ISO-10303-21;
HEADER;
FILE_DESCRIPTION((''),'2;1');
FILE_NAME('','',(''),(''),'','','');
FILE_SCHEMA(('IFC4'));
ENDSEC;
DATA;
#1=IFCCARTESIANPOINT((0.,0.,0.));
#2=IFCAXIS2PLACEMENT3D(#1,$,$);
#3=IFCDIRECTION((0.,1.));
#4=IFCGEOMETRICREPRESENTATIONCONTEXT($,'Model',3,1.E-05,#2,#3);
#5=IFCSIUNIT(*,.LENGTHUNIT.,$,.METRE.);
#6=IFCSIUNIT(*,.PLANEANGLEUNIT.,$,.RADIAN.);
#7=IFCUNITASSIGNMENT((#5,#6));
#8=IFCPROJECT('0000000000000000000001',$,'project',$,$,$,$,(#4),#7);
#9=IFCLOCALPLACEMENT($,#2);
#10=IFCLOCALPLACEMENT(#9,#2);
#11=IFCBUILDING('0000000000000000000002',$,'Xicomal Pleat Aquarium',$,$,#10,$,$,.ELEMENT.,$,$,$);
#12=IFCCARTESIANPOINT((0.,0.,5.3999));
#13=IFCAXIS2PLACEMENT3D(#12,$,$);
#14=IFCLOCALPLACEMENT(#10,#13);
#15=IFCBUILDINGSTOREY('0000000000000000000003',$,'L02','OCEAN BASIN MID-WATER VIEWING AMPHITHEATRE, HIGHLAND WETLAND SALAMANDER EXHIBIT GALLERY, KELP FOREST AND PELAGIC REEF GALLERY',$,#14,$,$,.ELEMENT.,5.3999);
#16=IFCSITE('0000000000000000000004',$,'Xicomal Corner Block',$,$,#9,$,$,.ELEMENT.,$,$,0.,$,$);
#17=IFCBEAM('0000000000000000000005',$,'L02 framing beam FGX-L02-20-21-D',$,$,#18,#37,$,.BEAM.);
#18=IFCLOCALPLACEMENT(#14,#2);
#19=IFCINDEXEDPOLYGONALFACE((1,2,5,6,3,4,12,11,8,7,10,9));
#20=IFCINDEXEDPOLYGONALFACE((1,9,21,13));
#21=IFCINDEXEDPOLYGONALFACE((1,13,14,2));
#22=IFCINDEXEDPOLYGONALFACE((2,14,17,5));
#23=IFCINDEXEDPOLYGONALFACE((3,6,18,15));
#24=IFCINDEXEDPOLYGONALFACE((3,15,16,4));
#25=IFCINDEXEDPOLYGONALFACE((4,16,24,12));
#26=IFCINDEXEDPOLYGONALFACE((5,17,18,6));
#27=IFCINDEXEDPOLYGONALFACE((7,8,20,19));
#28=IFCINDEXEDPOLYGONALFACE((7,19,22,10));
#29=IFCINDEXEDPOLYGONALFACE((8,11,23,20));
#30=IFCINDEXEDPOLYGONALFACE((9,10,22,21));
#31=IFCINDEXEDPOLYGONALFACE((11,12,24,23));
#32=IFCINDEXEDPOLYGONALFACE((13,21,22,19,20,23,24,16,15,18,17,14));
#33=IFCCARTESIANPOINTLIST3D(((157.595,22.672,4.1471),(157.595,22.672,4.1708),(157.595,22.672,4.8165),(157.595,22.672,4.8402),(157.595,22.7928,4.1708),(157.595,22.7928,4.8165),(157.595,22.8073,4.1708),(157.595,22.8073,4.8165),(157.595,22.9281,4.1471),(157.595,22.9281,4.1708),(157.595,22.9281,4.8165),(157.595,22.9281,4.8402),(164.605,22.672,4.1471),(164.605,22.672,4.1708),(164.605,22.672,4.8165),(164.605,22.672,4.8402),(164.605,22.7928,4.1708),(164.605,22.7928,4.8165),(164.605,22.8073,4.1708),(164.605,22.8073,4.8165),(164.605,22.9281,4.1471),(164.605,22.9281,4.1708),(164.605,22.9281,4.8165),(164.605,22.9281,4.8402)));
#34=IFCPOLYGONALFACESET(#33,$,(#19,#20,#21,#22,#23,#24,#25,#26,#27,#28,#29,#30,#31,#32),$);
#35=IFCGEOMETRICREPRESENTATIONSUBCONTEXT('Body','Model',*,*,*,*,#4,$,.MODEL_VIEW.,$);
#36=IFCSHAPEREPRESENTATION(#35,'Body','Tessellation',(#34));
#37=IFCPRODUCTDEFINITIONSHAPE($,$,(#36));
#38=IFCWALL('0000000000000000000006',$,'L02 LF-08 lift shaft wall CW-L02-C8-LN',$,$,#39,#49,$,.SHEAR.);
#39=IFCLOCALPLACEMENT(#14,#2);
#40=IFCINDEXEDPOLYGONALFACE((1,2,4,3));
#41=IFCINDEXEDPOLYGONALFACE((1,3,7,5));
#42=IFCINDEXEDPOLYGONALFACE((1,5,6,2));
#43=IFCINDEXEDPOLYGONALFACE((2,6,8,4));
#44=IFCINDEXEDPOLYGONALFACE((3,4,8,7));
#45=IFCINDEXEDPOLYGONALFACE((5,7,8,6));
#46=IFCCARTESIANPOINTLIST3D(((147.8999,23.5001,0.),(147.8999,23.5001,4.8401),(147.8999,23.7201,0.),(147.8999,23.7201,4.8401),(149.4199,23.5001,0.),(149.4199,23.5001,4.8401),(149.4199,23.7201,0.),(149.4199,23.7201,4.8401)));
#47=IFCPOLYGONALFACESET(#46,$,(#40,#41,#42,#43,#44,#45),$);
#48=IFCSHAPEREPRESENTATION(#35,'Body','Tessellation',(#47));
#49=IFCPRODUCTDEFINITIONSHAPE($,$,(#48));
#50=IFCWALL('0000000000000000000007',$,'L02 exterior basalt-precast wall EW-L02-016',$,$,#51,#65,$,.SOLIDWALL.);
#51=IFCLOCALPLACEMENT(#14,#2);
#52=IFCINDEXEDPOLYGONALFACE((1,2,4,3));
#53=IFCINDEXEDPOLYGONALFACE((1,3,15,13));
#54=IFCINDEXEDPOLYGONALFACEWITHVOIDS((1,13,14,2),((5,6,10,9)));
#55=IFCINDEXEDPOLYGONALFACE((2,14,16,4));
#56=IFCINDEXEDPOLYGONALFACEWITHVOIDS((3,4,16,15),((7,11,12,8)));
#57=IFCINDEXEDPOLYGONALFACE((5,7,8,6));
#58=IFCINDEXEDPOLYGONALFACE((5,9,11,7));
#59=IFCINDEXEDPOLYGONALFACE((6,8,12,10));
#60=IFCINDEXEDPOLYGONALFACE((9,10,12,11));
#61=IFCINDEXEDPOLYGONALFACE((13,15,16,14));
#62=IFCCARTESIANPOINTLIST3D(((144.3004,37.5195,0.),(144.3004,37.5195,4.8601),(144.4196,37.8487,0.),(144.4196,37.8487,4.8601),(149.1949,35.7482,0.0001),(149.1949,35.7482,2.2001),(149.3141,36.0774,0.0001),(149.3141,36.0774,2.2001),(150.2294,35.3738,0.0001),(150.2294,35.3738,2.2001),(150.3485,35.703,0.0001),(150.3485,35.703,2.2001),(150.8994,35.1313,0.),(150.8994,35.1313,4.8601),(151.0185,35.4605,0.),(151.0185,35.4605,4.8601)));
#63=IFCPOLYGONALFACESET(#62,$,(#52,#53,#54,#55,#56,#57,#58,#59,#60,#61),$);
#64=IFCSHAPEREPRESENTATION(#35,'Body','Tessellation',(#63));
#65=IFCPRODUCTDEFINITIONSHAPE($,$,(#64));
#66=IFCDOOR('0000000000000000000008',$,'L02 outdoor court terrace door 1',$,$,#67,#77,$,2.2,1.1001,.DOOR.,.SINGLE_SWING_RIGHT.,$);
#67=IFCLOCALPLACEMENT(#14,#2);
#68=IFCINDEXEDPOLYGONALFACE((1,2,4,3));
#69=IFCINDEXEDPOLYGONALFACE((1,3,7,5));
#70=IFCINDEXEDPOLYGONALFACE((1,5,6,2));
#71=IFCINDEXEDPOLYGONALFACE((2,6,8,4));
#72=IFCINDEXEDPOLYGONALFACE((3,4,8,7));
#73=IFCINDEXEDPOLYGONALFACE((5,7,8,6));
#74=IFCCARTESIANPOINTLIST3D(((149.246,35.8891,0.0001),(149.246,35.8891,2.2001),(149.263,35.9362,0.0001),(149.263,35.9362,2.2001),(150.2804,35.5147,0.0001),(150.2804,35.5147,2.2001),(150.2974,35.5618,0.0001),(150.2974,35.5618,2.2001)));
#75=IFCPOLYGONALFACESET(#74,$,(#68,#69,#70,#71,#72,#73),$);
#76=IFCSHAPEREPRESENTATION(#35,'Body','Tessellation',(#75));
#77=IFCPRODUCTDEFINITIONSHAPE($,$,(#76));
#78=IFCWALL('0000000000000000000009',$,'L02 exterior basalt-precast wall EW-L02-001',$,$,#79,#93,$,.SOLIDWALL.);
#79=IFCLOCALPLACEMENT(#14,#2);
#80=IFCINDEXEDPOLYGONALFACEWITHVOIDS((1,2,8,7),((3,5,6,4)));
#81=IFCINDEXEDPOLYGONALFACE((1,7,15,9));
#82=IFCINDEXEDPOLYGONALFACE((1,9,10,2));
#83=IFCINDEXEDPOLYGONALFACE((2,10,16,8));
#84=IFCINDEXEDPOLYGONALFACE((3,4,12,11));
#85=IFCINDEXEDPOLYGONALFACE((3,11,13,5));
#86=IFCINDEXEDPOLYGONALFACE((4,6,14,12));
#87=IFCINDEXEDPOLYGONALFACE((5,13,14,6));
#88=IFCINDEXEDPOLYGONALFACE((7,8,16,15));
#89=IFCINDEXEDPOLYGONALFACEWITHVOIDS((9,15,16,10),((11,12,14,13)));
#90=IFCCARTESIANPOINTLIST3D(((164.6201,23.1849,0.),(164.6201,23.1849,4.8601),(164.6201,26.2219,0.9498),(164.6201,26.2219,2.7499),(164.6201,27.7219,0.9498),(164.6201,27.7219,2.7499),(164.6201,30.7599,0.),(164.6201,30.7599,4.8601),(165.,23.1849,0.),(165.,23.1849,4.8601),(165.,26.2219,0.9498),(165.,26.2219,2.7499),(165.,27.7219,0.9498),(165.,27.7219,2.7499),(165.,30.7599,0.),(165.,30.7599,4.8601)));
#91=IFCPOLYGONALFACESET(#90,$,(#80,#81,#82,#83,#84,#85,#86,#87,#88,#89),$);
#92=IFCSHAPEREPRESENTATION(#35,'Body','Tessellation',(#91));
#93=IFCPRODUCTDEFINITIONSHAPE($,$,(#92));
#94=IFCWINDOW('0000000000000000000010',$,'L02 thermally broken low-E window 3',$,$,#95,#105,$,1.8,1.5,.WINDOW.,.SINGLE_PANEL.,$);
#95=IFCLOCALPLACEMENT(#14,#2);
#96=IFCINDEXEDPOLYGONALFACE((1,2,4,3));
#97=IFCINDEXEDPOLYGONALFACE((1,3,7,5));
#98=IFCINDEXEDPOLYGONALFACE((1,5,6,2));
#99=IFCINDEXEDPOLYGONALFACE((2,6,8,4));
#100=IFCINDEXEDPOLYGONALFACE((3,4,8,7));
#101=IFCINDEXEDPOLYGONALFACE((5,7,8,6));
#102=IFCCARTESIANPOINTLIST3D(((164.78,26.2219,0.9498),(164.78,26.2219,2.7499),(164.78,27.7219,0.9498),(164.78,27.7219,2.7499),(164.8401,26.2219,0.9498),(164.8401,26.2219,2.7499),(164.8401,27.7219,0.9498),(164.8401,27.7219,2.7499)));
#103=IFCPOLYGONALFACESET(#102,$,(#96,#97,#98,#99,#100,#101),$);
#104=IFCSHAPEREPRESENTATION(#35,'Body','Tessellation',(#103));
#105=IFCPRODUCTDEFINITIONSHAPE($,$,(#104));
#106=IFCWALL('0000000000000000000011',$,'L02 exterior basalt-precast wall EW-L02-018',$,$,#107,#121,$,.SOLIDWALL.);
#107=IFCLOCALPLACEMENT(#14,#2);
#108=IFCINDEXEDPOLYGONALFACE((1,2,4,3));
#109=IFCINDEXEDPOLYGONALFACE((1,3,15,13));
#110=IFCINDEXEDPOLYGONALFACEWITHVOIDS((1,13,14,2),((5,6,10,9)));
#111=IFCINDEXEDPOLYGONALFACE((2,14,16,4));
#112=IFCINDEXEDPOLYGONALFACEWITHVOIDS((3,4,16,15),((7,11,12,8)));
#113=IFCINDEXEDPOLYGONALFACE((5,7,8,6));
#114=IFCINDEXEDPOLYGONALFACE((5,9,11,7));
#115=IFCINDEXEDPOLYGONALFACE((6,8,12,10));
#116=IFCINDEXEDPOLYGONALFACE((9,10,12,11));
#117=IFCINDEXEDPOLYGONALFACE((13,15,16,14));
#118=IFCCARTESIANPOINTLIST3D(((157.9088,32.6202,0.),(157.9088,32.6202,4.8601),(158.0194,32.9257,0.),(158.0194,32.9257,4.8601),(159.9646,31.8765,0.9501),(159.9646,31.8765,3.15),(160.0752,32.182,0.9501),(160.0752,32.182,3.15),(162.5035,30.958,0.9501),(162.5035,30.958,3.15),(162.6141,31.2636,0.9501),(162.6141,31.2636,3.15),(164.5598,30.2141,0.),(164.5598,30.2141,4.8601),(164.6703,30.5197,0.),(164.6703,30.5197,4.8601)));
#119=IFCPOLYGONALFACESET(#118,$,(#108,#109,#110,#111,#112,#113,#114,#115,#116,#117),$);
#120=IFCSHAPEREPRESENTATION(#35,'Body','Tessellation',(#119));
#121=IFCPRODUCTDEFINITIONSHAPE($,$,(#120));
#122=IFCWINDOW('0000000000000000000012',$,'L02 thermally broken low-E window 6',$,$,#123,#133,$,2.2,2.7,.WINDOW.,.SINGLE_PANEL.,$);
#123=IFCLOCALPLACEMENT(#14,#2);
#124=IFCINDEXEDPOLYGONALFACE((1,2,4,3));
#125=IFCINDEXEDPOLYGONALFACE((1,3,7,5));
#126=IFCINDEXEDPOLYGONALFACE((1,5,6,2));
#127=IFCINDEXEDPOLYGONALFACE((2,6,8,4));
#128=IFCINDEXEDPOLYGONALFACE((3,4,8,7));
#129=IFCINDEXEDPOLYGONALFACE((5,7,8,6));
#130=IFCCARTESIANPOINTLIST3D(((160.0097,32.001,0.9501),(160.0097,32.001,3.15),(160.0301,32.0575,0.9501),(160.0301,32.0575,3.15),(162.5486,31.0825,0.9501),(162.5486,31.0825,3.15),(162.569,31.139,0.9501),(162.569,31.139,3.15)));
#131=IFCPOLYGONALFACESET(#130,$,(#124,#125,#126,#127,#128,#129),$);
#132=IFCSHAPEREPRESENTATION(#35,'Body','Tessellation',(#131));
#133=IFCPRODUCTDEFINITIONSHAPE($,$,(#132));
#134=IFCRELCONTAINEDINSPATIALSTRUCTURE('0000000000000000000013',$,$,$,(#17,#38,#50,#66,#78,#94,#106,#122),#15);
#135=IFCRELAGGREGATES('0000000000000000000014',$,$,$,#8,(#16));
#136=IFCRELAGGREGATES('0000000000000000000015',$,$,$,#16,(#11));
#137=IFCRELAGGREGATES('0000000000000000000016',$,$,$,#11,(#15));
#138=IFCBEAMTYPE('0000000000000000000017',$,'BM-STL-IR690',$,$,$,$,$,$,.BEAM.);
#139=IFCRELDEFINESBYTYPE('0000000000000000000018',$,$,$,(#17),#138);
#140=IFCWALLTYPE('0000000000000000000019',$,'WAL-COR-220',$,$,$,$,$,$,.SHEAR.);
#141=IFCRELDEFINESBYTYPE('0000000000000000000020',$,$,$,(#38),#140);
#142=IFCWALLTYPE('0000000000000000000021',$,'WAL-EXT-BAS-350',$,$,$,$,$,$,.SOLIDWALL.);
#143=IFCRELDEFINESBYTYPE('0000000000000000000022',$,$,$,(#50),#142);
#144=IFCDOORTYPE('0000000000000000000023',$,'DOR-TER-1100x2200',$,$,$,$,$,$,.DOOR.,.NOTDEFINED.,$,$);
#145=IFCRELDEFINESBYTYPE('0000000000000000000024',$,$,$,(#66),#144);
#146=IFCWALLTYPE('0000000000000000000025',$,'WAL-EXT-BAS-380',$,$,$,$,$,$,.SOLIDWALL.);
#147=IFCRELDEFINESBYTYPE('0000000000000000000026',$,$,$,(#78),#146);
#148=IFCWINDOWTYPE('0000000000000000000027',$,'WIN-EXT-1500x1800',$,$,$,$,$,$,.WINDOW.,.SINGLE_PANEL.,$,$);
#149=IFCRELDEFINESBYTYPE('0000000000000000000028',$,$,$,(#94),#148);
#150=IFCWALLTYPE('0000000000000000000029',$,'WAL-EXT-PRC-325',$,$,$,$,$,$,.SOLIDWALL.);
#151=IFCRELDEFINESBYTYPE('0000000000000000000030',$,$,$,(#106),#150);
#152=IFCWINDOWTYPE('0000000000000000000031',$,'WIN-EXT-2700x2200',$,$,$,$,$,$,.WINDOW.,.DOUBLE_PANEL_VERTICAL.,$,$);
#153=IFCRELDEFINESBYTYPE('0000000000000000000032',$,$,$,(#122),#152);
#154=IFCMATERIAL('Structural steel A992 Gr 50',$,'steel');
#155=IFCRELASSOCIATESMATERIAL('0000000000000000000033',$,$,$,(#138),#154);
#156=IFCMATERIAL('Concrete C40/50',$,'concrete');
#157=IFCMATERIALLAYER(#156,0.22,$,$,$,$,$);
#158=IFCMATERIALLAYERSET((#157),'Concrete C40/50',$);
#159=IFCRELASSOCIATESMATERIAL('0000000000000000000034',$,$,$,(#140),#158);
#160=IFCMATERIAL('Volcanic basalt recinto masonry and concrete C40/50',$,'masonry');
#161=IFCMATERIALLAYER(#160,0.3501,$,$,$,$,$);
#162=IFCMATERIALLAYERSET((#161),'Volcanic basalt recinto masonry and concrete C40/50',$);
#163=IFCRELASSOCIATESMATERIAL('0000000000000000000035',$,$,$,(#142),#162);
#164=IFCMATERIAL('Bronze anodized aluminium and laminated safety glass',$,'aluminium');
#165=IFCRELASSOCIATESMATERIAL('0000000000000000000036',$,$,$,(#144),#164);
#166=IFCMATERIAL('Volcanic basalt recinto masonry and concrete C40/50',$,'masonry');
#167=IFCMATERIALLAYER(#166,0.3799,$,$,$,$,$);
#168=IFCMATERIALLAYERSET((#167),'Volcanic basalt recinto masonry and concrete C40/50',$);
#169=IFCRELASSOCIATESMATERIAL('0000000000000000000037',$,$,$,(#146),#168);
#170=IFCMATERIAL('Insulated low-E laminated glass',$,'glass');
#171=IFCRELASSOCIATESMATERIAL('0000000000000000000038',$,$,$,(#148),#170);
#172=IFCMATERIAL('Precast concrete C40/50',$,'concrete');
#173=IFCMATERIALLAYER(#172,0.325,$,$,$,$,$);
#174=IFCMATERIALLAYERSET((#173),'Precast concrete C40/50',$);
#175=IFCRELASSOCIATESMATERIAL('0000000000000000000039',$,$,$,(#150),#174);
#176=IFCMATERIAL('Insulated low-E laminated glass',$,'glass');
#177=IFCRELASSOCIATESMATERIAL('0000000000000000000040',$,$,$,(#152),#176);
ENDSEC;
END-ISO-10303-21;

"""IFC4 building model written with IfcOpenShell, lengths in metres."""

from ifc_helpers import new_model, si_unit, direction, frame, frame_2d, origin, origin_2d, place, context, subcontext, project, spatial, rectangle, i_section, extrude, material, layer, layer_set, material_profile, profile_set, type_object, element, fill, save


model = new_model("IFC4")

# Units and contexts
model_context = context("Model", 3, precision=1e-05, world=origin(), true_north=direction((0.0, 1.0)))
body_context = subcontext(model_context, "Body", "Model", "MODEL_VIEW")
ifc_project = project(units=[si_unit("LENGTHUNIT", "METRE"), si_unit("PLANEANGLEUNIT", "RADIAN")], contexts=[model_context])

# Site, building, storey
site_placement = place(None, origin())
site = spatial("IfcSite", under=ifc_project, at=site_placement, Name="Xicomal Corner Block", CompositionType="ELEMENT", RefElevation=0.0)
building_placement = place(site_placement, origin())
building = spatial("IfcBuilding", under=site, at=building_placement, Name="Xicomal Pleat Aquarium", CompositionType="ELEMENT")
storey_placement = place(building_placement, frame((0.0, 0.0, 5.3999)))
storey = spatial("IfcBuildingStorey", under=building, at=storey_placement, Name="L02", Description="OCEAN BASIN MID-WATER VIEWING AMPHITHEATRE, HIGHLAND WETLAND SALAMANDER EXHIBIT GALLERY, KELP FOREST AND PELAGIC REEF GALLERY", CompositionType="ELEMENT", Elevation=5.3999)

# Beam
ifc_material_1 = material(Name="Structural steel A992 Gr 50", Category="steel")
ifc_material_profile_1 = material_profile(ifc_material_1, i_section(OverallWidth=0.2561, OverallDepth=0.6931, WebThickness=0.0144, FlangeThickness=0.0237, at=origin_2d()), Name="IR 690x170")
ifc_profile_set_1 = profile_set([ifc_material_profile_1], Name="Structural steel A992 Gr 50")
beam_type_1 = type_object("IfcBeamType", Name="BM-STL-IR690", PredefinedType="BEAM", material=ifc_profile_set_1)
for number, where, z_axis, x_axis, name in (
    (1, (157.595, 22.8, 4.4937), (1.0, 0.0, 0.0), (0.0, 1.0, 0.0), "L02 framing beam FGX-L02-20-21-D"),
):
    element("IfcBeam", number, at=place(storey_placement, frame(where, z_axis=z_axis, x_axis=x_axis)), inside=storey, type_object=beam_type_1, Name=name, PredefinedType="BEAM", context=body_context, shape_type="SweptSolid", body=[
        extrude(i_section(OverallWidth=0.2561, OverallDepth=0.6931, WebThickness=0.0144, FlangeThickness=0.0237, at=origin_2d()), origin(), (0.0, 0.0, 1.0), 7.01),
    ])

# Wall
ifc_material_2 = material(Name="Concrete C40/50", Category="concrete")
ifc_layer_1 = layer(ifc_material_2, 0.22)
ifc_layer_set_1 = layer_set([ifc_layer_1], Name="Concrete C40/50")
wall_type_1 = type_object("IfcWallType", Name="WAL-COR-220", PredefinedType="SHEAR", material=ifc_layer_set_1)
wall_1_placement = place(storey_placement, frame((147.8999, 23.6101, 0.0), z_axis=(0.0, 0.0, 1.0), x_axis=(1.0, 0.0, 0.0)))
element("IfcWall", 2, at=wall_1_placement, inside=storey, type_object=wall_type_1, Name="L02 LF-08 lift shaft wall CW-L02-C8-LN", PredefinedType="SHEAR", context=body_context, shape_type="SweptSolid", body=[
    extrude(rectangle(XDim=1.52, YDim=0.22, at=frame_2d((0.76, 0.0))), origin(), (0.0, 0.0, 1.0), 4.8401),
])

# Wall, opening, door
ifc_material_3 = material(Name="Volcanic basalt recinto masonry and concrete C40/50", Category="masonry")
ifc_layer_2 = layer(ifc_material_3, 0.3501)
ifc_layer_set_2 = layer_set([ifc_layer_2], Name="Volcanic basalt recinto masonry and concrete C40/50")
wall_type_2 = type_object("IfcWallType", Name="WAL-EXT-BAS-350", PredefinedType="SOLIDWALL", material=ifc_layer_set_2)
wall_2_placement = place(storey_placement, frame((144.3601, 37.6841, 0.0), z_axis=(0.0, 0.0, 1.0), x_axis=(0.940314, -0.340307, 0.0)))
wall_2 = element("IfcWall", 3, at=wall_2_placement, inside=storey, type_object=wall_type_2, Name="L02 exterior basalt-precast wall EW-L02-016", PredefinedType="SOLIDWALL", context=body_context, shape_type="SweptSolid", body=[
    extrude(rectangle(XDim=7.0178, YDim=0.3501, at=frame_2d((3.5088, 0.0))), origin(), (0.0, 0.0, 1.0), 4.8601),
])
opening_1_placement = place(wall_2_placement, frame((5.2051, 0.0, 0.0)))
opening_1 = element("IfcOpeningElement", 4, at=opening_1_placement, cuts=wall_2, PredefinedType="OPENING", context=body_context, shape_type="SweptSolid", body=[
    extrude(rectangle(XDim=1.1001, YDim=2.2, at=frame_2d((0.55, 1.1001))), frame((0.0, 0.1851, 0.0), z_axis=(0.0, -1.0, 0.0), x_axis=(1.0, 0.0, 0.0)), (0.0, 0.0, 1.0), 0.3701),
])
ifc_material_4 = material(Name="Bronze anodized aluminium and laminated safety glass", Category="aluminium")
door_type = type_object("IfcDoorType", Name="DOR-TER-1100x2200", OperationType="NOTDEFINED", PredefinedType="DOOR", material=ifc_material_4)
door_placement = place(opening_1_placement, origin())
door = element("IfcDoor", 5, at=door_placement, inside=storey, type_object=door_type, Name="L02 outdoor court terrace door 1", OperationType="SINGLE_SWING_RIGHT", OverallHeight=2.2, OverallWidth=1.1001, PredefinedType="DOOR", context=body_context, shape_type="SweptSolid", body=[
    extrude(rectangle(XDim=1.1001, YDim=2.2, at=frame_2d((0.55, 1.1001))), frame((0.0, 0.0249, 0.0), z_axis=(0.0, -1.0, 0.0), x_axis=(1.0, 0.0, 0.0)), (0.0, 0.0, 1.0), 0.05),
])
fill(opening_1, door)

# Walls, openings, windows
ifc_material_5 = material(Name="Volcanic basalt recinto masonry and concrete C40/50", Category="masonry")
ifc_layer_3 = layer(ifc_material_5, 0.3799)
ifc_layer_set_3 = layer_set([ifc_layer_3], Name="Volcanic basalt recinto masonry and concrete C40/50")
wall_type_3 = type_object("IfcWallType", Name="WAL-EXT-BAS-380", PredefinedType="SOLIDWALL", material=ifc_layer_set_3)
wall_3_placement = place(storey_placement, frame((164.8101, 30.76, 0.0), z_axis=(0.0, 0.0, 1.0), x_axis=(0.0, -1.0, 0.0)))
wall_3 = element("IfcWall", 6, at=wall_3_placement, inside=storey, type_object=wall_type_3, Name="L02 exterior basalt-precast wall EW-L02-001", PredefinedType="SOLIDWALL", context=body_context, shape_type="SweptSolid", body=[
    extrude(rectangle(XDim=7.575, YDim=0.3799, at=frame_2d((3.7876, 0.0))), origin(), (0.0, 0.0, 1.0), 4.8601),
])
opening_2_placement = place(wall_3_placement, frame((3.0381, 0.0, 0.95)))
opening_2 = element("IfcOpeningElement", 7, at=opening_2_placement, cuts=wall_3, PredefinedType="OPENING", context=body_context, shape_type="SweptSolid", body=[
    extrude(rectangle(XDim=1.5, YDim=1.8, at=frame_2d((0.75, 0.8999))), frame((0.0, 0.2, 0.0), z_axis=(0.0, -1.0, 0.0), x_axis=(1.0, 0.0, 0.0)), (0.0, 0.0, 1.0), 0.3999),
])
ifc_material_6 = material(Name="Insulated low-E laminated glass", Category="glass")
window_type_1 = type_object("IfcWindowType", Name="WIN-EXT-1500x1800", PartitioningType="SINGLE_PANEL", PredefinedType="WINDOW", material=ifc_material_6)
window_1_placement = place(opening_2_placement, origin())
window_1 = element("IfcWindow", 8, at=window_1_placement, inside=storey, type_object=window_type_1, Name="L02 thermally broken low-E window 3", OverallHeight=1.8, OverallWidth=1.5, PartitioningType="SINGLE_PANEL", PredefinedType="WINDOW", context=body_context, shape_type="SweptSolid", body=[
    extrude(rectangle(XDim=1.5, YDim=1.8, at=frame_2d((0.75, 0.8999))), frame((0.0, 0.03, 0.0), z_axis=(0.0, -1.0, 0.0), x_axis=(1.0, 0.0, 0.0)), (0.0, 0.0, 1.0), 0.0601),
])
fill(opening_2, window_1)
ifc_material_7 = material(Name="Precast concrete C40/50", Category="concrete")
ifc_layer_4 = layer(ifc_material_7, 0.325)
ifc_layer_set_4 = layer_set([ifc_layer_4], Name="Precast concrete C40/50")
wall_type_4 = type_object("IfcWallType", Name="WAL-EXT-PRC-325", PredefinedType="SOLIDWALL", material=ifc_layer_set_4)
wall_4_placement = place(storey_placement, frame((157.9641, 32.7729, 0.0), z_axis=(0.0, 0.0, 1.0), x_axis=(0.94036, -0.340182, 0.0)))
wall_4 = element("IfcWall", 9, at=wall_4_placement, inside=storey, type_object=wall_type_4, Name="L02 exterior basalt-precast wall EW-L02-018", PredefinedType="SOLIDWALL", context=body_context, shape_type="SweptSolid", body=[
    extrude(rectangle(XDim=7.0728, YDim=0.325, at=frame_2d((3.5364, 0.0))), origin(), (0.0, 0.0, 1.0), 4.8601),
])
opening_3_placement = place(wall_4_placement, frame((2.186, 0.0, 0.95)))
opening_3 = element("IfcOpeningElement", 10, at=opening_3_placement, cuts=wall_4, PredefinedType="OPENING", context=body_context, shape_type="SweptSolid", body=[
    extrude(rectangle(XDim=2.7, YDim=2.2, at=frame_2d((1.3501, 1.1001))), frame((0.0, 0.1724, 0.0), z_axis=(0.0, -1.0, 0.0), x_axis=(1.0, 0.0, 0.0)), (0.0, 0.0, 1.0), 0.345),
])
ifc_material_8 = material(Name="Insulated low-E laminated glass", Category="glass")
window_type_2 = type_object("IfcWindowType", Name="WIN-EXT-2700x2200", PartitioningType="DOUBLE_PANEL_VERTICAL", PredefinedType="WINDOW", material=ifc_material_8)
window_2_placement = place(opening_3_placement, origin())
window_2 = element("IfcWindow", 11, at=window_2_placement, inside=storey, type_object=window_type_2, Name="L02 thermally broken low-E window 6", OverallHeight=2.2, OverallWidth=2.7, PartitioningType="SINGLE_PANEL", PredefinedType="WINDOW", context=body_context, shape_type="SweptSolid", body=[
    extrude(rectangle(XDim=2.7, YDim=2.2, at=frame_2d((1.3501, 1.1001))), frame((0.0, 0.03, 0.0), z_axis=(0.0, -1.0, 0.0), x_axis=(1.0, 0.0, 0.0)), (0.0, 0.0, 1.0), 0.0601),
])
fill(opening_3, window_2)

save(model, "model.ifc")
